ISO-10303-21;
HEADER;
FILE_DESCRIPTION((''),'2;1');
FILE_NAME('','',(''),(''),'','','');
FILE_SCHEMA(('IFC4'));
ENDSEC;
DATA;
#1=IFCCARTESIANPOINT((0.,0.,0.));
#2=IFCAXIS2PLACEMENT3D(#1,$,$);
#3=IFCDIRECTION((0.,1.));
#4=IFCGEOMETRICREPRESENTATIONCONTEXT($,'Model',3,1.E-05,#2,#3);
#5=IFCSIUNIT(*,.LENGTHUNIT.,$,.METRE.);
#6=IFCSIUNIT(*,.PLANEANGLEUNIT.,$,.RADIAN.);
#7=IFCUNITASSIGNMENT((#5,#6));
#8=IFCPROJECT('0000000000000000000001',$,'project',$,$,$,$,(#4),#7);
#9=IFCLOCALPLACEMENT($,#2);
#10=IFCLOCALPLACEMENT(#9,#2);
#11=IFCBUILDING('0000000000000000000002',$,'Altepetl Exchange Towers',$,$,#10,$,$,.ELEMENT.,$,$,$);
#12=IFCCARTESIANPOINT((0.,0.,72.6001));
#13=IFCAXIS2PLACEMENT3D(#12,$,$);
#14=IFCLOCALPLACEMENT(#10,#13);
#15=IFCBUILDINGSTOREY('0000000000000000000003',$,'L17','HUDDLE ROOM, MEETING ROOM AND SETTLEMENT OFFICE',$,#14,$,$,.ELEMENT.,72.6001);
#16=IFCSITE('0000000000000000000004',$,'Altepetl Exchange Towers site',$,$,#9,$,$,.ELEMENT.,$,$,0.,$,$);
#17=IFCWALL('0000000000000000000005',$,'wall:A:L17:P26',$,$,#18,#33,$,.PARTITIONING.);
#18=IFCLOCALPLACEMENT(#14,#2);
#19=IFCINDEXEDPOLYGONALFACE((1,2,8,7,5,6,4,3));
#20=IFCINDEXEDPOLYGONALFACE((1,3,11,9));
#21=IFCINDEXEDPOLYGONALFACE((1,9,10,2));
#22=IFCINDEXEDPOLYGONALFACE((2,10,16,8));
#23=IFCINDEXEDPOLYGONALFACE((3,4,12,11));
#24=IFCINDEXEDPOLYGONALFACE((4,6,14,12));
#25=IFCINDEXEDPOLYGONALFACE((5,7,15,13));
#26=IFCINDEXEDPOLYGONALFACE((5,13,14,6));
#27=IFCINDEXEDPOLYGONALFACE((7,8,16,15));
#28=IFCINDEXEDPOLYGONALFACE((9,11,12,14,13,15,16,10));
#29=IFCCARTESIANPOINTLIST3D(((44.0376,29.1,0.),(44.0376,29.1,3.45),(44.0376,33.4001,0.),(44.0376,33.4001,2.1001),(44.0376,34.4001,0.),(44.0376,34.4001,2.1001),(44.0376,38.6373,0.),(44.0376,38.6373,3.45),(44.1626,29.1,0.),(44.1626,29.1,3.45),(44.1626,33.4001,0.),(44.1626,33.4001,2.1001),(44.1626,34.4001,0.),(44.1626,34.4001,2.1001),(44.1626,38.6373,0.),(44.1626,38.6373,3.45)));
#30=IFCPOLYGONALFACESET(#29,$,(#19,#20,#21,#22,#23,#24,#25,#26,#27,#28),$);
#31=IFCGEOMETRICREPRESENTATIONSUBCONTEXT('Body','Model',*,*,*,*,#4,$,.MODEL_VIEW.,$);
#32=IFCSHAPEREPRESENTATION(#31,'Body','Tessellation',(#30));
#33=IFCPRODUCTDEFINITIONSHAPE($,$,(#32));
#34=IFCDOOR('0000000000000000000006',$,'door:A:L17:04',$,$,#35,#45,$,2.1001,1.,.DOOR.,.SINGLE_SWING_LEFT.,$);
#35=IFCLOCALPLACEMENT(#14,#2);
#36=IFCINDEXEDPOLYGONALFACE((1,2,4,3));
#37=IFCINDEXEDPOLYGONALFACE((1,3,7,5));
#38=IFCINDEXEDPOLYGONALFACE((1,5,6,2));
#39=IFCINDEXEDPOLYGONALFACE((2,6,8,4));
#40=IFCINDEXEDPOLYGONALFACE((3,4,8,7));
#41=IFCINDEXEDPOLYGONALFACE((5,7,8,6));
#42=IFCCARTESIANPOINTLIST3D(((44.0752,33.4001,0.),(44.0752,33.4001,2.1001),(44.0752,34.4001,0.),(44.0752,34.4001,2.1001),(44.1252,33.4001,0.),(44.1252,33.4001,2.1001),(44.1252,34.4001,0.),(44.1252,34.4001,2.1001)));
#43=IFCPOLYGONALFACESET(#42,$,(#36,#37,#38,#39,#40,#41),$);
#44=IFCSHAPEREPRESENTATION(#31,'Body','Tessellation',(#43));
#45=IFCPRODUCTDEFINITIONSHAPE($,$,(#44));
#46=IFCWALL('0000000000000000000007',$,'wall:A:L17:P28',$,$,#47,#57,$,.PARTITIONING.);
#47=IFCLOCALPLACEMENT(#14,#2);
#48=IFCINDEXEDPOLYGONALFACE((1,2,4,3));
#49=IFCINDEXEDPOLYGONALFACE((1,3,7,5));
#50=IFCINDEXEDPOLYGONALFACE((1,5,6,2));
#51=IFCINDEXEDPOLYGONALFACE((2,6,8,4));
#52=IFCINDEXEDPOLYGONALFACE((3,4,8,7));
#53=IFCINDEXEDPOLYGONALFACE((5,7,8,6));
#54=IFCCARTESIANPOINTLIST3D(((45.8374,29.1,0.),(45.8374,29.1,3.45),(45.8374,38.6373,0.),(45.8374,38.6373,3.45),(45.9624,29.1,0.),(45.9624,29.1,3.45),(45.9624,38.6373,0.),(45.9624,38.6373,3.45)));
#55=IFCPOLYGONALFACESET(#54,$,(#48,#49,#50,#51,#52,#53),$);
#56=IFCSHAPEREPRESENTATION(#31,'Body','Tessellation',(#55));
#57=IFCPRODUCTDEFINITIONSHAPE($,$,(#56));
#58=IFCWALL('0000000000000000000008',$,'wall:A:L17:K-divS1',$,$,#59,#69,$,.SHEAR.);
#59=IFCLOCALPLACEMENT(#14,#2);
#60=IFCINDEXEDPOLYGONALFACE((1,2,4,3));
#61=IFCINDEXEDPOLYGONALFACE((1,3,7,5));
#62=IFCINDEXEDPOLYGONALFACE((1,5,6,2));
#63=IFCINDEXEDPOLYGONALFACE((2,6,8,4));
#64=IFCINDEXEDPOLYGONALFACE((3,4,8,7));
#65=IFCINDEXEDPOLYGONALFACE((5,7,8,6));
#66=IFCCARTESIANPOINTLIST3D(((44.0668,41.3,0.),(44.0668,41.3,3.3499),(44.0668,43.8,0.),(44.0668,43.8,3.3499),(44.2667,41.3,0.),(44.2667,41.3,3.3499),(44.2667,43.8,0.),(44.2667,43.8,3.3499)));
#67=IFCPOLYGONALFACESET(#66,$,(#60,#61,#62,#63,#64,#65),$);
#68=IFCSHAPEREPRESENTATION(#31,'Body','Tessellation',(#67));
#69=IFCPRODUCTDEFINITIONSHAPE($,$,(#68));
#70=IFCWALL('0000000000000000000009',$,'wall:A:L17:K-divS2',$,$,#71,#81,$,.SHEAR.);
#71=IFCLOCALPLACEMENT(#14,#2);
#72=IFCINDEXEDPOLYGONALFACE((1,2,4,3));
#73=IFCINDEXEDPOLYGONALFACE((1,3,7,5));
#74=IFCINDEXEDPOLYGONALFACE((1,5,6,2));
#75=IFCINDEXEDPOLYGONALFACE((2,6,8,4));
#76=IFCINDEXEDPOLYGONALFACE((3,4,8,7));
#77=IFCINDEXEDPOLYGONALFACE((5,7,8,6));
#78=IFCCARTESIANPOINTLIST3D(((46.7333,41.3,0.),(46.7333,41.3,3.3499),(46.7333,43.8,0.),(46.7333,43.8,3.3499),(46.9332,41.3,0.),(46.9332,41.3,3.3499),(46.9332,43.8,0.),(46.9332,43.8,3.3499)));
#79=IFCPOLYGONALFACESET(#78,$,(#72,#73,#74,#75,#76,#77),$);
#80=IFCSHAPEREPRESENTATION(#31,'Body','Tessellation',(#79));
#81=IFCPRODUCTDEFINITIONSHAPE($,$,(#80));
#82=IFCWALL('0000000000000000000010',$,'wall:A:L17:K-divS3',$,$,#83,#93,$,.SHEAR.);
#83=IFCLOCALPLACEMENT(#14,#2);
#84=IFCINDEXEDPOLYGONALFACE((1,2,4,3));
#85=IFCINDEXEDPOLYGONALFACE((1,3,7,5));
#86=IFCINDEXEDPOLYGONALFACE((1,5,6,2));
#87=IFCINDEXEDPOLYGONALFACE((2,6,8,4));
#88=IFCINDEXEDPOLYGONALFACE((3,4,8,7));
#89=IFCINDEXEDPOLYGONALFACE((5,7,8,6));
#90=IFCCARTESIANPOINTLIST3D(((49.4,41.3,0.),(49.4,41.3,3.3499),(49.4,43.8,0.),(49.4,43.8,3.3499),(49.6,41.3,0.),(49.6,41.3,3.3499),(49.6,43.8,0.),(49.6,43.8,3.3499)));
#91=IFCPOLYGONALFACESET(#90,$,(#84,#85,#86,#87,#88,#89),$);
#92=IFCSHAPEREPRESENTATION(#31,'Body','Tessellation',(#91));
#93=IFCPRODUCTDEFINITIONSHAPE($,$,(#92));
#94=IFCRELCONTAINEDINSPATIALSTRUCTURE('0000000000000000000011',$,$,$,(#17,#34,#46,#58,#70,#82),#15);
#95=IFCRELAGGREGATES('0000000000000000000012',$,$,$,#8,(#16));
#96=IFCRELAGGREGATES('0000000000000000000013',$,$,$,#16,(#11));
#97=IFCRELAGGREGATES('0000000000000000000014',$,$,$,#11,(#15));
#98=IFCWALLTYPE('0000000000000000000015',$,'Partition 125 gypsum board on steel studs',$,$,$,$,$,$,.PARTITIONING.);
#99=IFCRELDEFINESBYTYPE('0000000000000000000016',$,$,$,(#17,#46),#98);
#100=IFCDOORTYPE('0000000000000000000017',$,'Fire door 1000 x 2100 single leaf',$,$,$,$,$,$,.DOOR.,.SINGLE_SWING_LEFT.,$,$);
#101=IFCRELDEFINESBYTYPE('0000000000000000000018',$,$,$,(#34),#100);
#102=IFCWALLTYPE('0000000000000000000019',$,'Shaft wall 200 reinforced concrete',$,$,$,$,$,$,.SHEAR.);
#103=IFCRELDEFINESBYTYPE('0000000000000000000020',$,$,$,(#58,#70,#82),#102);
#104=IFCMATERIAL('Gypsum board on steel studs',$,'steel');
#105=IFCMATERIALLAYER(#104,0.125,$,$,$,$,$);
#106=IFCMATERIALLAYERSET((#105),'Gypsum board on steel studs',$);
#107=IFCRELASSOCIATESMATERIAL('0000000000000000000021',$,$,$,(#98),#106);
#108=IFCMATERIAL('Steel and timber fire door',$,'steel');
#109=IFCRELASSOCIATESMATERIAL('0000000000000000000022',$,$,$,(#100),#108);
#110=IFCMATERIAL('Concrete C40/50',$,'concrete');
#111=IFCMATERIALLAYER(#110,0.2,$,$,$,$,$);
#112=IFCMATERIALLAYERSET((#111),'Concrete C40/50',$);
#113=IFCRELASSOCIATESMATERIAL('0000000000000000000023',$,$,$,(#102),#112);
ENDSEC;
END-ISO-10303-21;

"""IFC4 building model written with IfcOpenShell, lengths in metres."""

from ifc_helpers import new_model, si_unit, direction, frame, frame_2d, origin, place, context, subcontext, project, spatial, rectangle, extrude, material, layer, layer_set, type_object, element, fill, save


model = new_model("IFC4")

# Units and contexts
model_context = context("Model", 3, precision=1e-05, world=origin(), true_north=direction((0.0, 1.0)))
body_context = subcontext(model_context, "Body", "Model", "MODEL_VIEW")
ifc_project = project(units=[si_unit("LENGTHUNIT", "METRE"), si_unit("PLANEANGLEUNIT", "RADIAN")], contexts=[model_context])

# Site, building, storey
site_placement = place(None, origin())
site = spatial("IfcSite", under=ifc_project, at=site_placement, Name="Altepetl Exchange Towers site", CompositionType="ELEMENT", RefElevation=0.0)
building_placement = place(site_placement, origin())
building = spatial("IfcBuilding", under=site, at=building_placement, Name="Altepetl Exchange Towers", CompositionType="ELEMENT")
storey_placement = place(building_placement, frame((0.0, 0.0, 72.6001)))
storey = spatial("IfcBuildingStorey", under=building, at=storey_placement, Name="L17", Description="HUDDLE ROOM, MEETING ROOM AND SETTLEMENT OFFICE", CompositionType="ELEMENT", Elevation=72.6001)

# Shared definitions
ifc_material_1 = material(Name="Gypsum board on steel studs", Category="steel")
ifc_layer_1 = layer(ifc_material_1, 0.125)
ifc_layer_set_1 = layer_set([ifc_layer_1], Name="Gypsum board on steel studs")
wall_type_1 = type_object("IfcWallType", Name="Partition 125 gypsum board on steel studs", PredefinedType="PARTITIONING", material=ifc_layer_set_1)

# Wall, opening, door
wall_1_placement = place(storey_placement, frame((44.1001, 29.1001, 0.0), z_axis=(0.0, 0.0, 1.0), x_axis=(0.0, 1.0, 0.0)))
wall_1 = element("IfcWall", 1, at=wall_1_placement, inside=storey, type_object=wall_type_1, Name="wall:A:L17:P26", PredefinedType="PARTITIONING", context=body_context, shape_type="SweptSolid", body=[
    extrude(rectangle(XDim=9.5374, YDim=0.125, at=frame_2d((4.7686, 0.0))), origin(), (0.0, 0.0, 1.0), 3.45),
])
opening_1_placement = place(wall_1_placement, frame((4.3, 0.0, 0.0)))
opening_1 = element("IfcOpeningElement", 2, at=opening_1_placement, cuts=wall_1, PredefinedType="OPENING", context=body_context, shape_type="SweptSolid", body=[
    extrude(rectangle(XDim=1.0, YDim=2.1001, at=frame_2d((0.5, 1.05))), frame((0.0, 0.0725, 0.0), z_axis=(0.0, -1.0, 0.0), x_axis=(1.0, 0.0, 0.0)), (0.0, 0.0, 1.0), 0.145),
])
ifc_material_2 = material(Name="Steel and timber fire door", Category="steel")
door_type_1 = type_object("IfcDoorType", Name="Fire door 1000 x 2100 single leaf", OperationType="SINGLE_SWING_LEFT", PredefinedType="DOOR", material=ifc_material_2)
door_1_placement = place(opening_1_placement, origin())
door_1 = element("IfcDoor", 3, at=door_1_placement, inside=storey, type_object=door_type_1, Name="door:A:L17:04", OperationType="SINGLE_SWING_LEFT", OverallHeight=2.1001, OverallWidth=1.0, PredefinedType="DOOR", context=body_context, shape_type="SweptSolid", body=[
    extrude(rectangle(XDim=1.0, YDim=2.1001, at=frame_2d((0.5, 1.05))), frame((0.0, 0.0249, 0.0), z_axis=(0.0, -1.0, 0.0), x_axis=(1.0, 0.0, 0.0)), (0.0, 0.0, 1.0), 0.05),
])
fill(opening_1, door_1)

# Walls
wall_2_placement = place(storey_placement, frame((45.8999, 29.1001, 0.0), z_axis=(0.0, 0.0, 1.0), x_axis=(0.0, 1.0, 0.0)))
element("IfcWall", 4, at=wall_2_placement, inside=storey, type_object=wall_type_1, Name="wall:A:L17:P28", PredefinedType="PARTITIONING", context=body_context, shape_type="SweptSolid", body=[
    extrude(rectangle(XDim=9.5374, YDim=0.125, at=frame_2d((4.7686, 0.0))), origin(), (0.0, 0.0, 1.0), 3.45),
])
ifc_material_3 = material(Name="Concrete C40/50", Category="concrete")
ifc_layer_2 = layer(ifc_material_3, 0.2)
ifc_layer_set_2 = layer_set([ifc_layer_2], Name="Concrete C40/50")
wall_type_2 = type_object("IfcWallType", Name="Shaft wall 200 reinforced concrete", PredefinedType="SHEAR", material=ifc_layer_set_2)
for number, where, z_axis, x_axis, name in (
    (5, (44.1667, 41.3, 0.0), (0.0, 0.0, 1.0), (0.0, 1.0, 0.0), "wall:A:L17:K-divS1"),
    (6, (46.8333, 41.3, 0.0), (0.0, 0.0, 1.0), (0.0, 1.0, 0.0), "wall:A:L17:K-divS2"),
    (7, (49.5, 41.3, 0.0), (0.0, 0.0, 1.0), (0.0, 1.0, 0.0), "wall:A:L17:K-divS3"),
):
    element("IfcWall", number, at=place(storey_placement, frame(where, z_axis=z_axis, x_axis=x_axis)), inside=storey, type_object=wall_type_2, Name=name, PredefinedType="SHEAR", context=body_context, shape_type="SweptSolid", body=[
        extrude(rectangle(XDim=2.5, YDim=0.2, at=frame_2d((1.25, 0.0))), origin(), (0.0, 0.0, 1.0), 3.3499),
    ])

save(model, "model.ifc")
